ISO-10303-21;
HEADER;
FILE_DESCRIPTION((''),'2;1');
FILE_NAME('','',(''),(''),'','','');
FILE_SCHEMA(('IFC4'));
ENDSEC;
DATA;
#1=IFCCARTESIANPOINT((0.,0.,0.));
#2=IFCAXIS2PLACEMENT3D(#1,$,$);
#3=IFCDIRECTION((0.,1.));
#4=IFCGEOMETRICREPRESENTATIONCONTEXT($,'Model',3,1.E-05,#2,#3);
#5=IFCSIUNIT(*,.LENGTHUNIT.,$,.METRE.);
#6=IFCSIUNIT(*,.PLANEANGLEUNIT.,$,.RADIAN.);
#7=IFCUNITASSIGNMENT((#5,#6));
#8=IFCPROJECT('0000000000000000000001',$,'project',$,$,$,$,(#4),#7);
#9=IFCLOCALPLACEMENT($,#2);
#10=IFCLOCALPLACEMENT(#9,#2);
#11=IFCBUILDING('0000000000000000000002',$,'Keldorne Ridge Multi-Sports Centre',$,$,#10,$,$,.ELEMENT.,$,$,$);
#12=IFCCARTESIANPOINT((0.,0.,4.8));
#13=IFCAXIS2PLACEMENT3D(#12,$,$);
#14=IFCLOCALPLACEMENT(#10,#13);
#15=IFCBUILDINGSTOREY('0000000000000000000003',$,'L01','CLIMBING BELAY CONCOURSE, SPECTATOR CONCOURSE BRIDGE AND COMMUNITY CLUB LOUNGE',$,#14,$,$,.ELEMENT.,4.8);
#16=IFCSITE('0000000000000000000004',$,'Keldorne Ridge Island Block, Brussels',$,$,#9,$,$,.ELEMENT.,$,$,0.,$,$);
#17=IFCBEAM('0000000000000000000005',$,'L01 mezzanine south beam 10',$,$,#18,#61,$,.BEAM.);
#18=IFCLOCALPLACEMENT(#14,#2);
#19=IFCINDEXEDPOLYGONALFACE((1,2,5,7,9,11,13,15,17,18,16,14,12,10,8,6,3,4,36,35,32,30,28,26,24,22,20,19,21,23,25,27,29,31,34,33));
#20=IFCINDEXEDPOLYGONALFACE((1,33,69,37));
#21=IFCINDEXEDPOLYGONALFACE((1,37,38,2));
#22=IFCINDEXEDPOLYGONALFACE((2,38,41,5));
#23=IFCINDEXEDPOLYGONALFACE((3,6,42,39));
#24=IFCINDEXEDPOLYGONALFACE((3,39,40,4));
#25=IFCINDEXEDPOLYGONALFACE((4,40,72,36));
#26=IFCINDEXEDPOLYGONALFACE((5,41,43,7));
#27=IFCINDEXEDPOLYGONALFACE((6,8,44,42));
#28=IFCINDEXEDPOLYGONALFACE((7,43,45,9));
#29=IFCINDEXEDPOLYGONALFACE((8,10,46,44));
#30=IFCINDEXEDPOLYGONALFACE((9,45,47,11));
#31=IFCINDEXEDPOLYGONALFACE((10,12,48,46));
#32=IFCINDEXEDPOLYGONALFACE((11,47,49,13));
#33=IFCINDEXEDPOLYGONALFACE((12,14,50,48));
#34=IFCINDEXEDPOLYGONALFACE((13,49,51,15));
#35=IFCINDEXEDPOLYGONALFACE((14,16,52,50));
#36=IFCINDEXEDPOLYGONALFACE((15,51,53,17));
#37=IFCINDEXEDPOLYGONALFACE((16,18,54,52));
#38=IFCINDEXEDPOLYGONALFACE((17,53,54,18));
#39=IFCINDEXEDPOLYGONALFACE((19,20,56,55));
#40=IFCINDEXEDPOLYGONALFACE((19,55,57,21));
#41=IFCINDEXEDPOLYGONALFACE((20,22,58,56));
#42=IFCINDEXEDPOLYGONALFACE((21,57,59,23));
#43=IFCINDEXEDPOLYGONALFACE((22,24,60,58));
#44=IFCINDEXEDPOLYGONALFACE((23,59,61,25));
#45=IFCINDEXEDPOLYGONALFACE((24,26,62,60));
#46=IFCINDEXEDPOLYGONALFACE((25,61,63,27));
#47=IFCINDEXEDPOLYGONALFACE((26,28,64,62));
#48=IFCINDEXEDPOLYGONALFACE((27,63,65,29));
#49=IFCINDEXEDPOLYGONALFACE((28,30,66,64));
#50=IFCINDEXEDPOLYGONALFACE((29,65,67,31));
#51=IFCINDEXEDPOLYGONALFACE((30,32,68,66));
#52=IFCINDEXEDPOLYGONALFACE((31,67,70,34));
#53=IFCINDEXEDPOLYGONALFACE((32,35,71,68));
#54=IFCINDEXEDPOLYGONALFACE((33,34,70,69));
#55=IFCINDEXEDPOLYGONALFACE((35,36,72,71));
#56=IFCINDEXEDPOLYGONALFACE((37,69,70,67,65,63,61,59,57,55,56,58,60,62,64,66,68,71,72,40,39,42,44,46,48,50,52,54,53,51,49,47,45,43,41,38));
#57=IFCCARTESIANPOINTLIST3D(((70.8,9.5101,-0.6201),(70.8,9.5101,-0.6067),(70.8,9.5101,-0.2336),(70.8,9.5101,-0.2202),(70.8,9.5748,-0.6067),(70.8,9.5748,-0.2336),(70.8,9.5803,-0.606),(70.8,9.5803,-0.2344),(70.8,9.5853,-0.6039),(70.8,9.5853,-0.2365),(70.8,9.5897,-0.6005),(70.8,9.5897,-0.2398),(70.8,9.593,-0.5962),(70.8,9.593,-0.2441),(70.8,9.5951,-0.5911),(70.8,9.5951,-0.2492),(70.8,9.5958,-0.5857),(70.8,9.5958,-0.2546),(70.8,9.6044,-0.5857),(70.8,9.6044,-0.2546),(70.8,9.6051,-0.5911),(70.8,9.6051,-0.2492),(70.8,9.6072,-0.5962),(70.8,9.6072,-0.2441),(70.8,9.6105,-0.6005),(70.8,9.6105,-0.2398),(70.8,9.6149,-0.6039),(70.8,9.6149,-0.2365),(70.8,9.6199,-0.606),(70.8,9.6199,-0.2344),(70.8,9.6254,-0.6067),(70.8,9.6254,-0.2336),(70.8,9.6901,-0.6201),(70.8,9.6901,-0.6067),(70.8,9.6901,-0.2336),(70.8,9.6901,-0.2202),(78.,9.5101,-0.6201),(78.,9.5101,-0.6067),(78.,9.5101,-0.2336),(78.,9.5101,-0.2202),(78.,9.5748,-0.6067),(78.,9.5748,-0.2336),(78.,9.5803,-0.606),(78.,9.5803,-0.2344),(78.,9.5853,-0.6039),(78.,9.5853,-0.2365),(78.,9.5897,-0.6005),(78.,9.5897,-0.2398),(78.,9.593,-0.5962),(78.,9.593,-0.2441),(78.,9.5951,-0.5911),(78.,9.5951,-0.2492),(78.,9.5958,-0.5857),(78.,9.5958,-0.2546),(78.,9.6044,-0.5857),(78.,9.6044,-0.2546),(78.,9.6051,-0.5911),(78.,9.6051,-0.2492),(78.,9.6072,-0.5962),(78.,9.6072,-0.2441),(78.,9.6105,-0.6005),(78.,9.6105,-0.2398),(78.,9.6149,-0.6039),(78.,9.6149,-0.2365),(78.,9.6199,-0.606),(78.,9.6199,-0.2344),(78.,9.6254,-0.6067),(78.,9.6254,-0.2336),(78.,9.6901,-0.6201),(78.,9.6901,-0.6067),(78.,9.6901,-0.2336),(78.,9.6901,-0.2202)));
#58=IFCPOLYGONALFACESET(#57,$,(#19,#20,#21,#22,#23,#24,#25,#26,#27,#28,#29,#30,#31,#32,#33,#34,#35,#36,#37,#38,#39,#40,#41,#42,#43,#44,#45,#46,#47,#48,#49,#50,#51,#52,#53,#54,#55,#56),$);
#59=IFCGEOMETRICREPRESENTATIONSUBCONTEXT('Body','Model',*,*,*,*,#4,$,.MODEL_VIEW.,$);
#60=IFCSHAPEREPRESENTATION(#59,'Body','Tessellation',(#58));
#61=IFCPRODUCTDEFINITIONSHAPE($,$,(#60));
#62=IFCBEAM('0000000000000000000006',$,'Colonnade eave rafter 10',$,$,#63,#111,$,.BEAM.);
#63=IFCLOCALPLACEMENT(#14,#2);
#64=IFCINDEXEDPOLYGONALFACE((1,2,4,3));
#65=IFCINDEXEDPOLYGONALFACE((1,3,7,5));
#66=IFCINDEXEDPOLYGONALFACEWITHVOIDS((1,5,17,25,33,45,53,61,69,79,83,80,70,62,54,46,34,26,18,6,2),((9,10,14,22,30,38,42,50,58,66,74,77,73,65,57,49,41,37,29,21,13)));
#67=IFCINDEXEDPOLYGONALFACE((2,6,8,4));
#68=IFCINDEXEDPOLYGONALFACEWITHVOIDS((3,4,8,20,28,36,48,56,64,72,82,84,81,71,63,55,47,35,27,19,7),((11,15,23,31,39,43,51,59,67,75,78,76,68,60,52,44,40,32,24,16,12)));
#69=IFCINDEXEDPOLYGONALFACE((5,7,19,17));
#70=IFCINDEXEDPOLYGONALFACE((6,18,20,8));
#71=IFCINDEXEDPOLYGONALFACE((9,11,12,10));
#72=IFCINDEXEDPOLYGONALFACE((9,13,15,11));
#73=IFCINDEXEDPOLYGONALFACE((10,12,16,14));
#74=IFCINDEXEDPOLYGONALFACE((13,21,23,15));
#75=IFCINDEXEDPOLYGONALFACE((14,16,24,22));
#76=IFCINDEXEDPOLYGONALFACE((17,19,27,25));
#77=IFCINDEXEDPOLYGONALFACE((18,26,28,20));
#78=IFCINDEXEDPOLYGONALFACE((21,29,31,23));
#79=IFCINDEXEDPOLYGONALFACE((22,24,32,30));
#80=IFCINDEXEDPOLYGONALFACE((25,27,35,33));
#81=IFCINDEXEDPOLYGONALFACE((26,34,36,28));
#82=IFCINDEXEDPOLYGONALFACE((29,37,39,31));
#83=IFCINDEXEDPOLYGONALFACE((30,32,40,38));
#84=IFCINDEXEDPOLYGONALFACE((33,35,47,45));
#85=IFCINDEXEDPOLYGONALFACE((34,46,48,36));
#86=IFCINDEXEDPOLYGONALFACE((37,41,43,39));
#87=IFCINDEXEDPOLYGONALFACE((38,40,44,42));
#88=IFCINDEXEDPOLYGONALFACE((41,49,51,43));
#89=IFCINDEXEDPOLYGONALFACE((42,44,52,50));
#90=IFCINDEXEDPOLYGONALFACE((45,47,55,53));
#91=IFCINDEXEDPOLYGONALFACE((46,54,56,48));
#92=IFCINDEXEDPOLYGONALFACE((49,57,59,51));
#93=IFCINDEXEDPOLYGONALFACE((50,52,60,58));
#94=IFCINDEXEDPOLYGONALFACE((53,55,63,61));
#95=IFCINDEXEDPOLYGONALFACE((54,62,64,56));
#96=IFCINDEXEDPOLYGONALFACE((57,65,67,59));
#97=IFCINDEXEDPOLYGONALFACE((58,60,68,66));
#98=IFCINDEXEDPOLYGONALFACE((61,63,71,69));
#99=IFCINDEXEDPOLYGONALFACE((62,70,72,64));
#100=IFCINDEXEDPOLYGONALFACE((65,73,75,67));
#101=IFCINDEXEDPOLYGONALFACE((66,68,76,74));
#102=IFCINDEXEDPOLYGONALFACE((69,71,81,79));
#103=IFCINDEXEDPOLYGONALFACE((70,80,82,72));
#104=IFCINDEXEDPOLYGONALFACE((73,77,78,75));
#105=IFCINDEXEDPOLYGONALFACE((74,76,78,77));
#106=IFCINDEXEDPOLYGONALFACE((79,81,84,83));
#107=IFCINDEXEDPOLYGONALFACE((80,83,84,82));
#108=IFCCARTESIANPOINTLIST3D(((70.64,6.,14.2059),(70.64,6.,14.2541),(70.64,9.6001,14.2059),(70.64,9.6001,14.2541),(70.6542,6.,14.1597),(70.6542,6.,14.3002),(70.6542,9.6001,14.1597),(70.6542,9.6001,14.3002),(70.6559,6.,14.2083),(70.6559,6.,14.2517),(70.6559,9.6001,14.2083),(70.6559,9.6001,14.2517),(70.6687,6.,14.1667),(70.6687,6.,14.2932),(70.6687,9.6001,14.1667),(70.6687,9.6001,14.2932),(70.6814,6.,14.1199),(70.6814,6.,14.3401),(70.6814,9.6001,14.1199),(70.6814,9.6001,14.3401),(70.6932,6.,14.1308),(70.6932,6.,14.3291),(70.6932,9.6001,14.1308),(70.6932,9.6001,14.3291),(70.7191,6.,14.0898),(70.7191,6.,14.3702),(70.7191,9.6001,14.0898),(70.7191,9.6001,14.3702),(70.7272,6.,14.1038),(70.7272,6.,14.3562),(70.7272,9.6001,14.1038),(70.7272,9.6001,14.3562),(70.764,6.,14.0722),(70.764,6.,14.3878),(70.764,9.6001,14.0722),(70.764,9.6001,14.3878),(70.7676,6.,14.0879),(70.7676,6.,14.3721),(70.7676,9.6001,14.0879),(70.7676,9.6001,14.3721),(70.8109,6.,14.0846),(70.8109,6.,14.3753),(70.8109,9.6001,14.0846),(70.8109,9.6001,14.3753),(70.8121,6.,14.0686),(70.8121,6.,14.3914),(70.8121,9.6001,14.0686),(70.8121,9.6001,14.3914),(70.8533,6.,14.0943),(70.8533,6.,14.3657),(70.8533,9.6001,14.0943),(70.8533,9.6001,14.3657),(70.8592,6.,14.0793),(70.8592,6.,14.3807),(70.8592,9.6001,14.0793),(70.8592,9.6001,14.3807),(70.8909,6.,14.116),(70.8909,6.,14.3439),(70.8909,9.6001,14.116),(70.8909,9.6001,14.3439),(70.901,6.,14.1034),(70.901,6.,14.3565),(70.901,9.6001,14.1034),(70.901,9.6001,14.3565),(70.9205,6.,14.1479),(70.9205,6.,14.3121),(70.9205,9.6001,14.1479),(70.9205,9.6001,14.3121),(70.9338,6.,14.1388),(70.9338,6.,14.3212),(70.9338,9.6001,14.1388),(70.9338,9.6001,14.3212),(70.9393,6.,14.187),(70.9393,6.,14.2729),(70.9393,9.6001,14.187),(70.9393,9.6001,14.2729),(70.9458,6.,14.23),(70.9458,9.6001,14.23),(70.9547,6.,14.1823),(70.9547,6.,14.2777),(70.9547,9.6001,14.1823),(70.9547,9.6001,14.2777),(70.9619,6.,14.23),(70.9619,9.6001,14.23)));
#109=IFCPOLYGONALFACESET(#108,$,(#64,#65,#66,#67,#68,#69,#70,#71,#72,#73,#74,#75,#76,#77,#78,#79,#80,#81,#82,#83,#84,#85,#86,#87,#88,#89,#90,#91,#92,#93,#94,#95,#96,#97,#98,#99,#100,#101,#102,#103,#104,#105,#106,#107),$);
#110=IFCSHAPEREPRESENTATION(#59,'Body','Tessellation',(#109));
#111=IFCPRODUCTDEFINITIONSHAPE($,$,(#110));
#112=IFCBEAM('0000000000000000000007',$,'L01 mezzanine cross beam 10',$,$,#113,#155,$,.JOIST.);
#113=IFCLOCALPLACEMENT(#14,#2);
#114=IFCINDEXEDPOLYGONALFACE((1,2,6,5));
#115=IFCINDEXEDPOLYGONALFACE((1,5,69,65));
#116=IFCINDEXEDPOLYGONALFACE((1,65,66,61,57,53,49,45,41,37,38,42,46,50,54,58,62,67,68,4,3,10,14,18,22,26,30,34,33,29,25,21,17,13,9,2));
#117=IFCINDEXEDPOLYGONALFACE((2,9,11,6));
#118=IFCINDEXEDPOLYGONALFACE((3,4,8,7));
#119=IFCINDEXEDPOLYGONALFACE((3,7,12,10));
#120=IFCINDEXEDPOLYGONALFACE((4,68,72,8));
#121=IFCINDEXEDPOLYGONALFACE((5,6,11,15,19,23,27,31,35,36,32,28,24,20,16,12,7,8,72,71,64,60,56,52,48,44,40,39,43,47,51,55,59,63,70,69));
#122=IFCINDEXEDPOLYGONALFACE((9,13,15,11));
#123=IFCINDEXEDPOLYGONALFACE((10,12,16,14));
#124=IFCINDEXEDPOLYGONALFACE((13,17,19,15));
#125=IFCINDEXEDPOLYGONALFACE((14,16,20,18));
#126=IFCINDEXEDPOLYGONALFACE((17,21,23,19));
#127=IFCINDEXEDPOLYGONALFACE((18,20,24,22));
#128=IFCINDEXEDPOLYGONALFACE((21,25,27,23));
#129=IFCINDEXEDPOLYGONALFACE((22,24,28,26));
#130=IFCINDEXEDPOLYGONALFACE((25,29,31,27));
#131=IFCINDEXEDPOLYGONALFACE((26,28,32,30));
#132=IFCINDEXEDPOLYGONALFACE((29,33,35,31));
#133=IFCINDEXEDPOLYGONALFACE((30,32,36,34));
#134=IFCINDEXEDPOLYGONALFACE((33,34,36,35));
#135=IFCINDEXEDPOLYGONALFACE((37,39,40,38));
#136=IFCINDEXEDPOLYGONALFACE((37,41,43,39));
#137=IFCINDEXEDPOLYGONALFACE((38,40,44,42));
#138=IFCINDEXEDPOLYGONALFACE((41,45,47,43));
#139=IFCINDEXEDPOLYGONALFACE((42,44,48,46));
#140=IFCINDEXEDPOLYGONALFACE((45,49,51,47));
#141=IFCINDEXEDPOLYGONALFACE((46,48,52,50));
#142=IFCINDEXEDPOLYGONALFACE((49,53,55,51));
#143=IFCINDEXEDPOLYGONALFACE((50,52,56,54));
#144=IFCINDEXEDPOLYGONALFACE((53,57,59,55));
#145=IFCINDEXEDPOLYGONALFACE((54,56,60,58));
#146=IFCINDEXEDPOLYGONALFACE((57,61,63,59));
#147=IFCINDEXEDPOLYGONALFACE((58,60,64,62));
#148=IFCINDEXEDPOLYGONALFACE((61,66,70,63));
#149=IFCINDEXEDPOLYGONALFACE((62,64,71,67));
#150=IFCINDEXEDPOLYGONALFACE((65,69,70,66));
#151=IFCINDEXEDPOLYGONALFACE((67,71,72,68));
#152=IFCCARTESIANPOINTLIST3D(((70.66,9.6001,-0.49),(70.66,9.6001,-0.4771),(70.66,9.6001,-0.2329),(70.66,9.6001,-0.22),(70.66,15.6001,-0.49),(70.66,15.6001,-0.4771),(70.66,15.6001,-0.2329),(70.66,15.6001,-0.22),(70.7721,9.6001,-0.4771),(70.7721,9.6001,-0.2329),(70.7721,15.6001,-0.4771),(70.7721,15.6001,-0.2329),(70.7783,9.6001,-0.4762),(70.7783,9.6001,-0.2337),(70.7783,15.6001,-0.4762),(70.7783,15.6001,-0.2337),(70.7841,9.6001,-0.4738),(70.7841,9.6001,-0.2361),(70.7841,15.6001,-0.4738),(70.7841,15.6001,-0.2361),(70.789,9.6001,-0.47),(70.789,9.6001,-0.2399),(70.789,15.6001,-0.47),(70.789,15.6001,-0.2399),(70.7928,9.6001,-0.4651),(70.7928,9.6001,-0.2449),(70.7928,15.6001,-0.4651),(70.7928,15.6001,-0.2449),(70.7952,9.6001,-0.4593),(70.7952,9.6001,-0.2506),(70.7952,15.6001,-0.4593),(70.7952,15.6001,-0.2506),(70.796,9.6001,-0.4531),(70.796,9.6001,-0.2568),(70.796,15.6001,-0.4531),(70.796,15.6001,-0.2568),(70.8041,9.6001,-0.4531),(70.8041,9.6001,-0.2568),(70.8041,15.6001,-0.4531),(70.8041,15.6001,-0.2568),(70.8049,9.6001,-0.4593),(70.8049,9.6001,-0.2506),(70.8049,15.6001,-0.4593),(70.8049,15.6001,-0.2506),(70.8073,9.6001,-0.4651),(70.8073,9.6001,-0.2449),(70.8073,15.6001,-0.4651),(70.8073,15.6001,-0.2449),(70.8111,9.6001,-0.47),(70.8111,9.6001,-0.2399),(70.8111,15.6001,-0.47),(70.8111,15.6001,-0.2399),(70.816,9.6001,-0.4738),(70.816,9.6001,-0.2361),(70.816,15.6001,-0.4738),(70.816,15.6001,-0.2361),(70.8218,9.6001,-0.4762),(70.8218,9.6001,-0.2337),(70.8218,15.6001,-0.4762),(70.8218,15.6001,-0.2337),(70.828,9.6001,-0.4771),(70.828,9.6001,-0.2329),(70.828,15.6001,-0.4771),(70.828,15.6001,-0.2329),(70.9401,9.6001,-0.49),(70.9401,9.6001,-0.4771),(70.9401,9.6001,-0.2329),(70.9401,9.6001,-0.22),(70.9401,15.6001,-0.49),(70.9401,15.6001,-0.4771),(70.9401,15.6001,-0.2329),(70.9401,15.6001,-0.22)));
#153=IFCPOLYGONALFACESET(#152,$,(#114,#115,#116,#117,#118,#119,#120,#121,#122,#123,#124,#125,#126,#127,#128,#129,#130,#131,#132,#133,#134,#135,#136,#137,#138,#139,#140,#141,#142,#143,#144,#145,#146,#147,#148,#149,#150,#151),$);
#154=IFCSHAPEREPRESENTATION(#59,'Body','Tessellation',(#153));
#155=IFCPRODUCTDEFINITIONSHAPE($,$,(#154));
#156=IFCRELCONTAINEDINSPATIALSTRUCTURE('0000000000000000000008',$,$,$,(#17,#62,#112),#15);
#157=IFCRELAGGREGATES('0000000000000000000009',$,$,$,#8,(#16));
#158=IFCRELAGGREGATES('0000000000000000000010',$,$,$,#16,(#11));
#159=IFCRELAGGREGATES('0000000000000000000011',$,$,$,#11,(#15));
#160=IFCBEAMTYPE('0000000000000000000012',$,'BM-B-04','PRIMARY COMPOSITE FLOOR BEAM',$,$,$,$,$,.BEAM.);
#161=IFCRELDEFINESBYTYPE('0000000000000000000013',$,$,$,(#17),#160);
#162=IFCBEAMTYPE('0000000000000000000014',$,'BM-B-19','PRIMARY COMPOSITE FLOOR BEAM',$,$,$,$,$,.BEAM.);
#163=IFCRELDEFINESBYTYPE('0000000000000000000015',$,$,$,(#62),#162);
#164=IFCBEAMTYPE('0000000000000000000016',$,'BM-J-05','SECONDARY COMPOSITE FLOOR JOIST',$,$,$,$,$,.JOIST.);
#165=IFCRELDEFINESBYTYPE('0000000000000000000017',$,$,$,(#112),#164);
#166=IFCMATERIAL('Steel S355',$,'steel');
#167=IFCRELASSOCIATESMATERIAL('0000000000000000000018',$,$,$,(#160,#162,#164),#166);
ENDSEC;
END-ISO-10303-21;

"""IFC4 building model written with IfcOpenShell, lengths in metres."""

from ifc_helpers import new_model, si_unit, direction, frame, origin, origin_2d, place, context, subcontext, project, spatial, hollow_circle, i_section, extrude, material, material_profile, profile_set, type_object, element, save


model = new_model("IFC4")

# Units and contexts
model_context = context("Model", 3, precision=1e-05, world=origin(), true_north=direction((0.0, 1.0)))
body_context = subcontext(model_context, "Body", "Model", "MODEL_VIEW")
ifc_project = project(units=[si_unit("LENGTHUNIT", "METRE"), si_unit("PLANEANGLEUNIT", "RADIAN")], contexts=[model_context])

# Site, building, storey
site_placement = place(None, origin())
site = spatial("IfcSite", under=ifc_project, at=site_placement, Name="Keldorne Ridge Island Block, Brussels", CompositionType="ELEMENT", RefElevation=0.0)
building_placement = place(site_placement, origin())
building = spatial("IfcBuilding", under=site, at=building_placement, Name="Keldorne Ridge Multi-Sports Centre", CompositionType="ELEMENT")
storey_placement = place(building_placement, frame((0.0, 0.0, 4.8)))
storey = spatial("IfcBuildingStorey", under=building, at=storey_placement, Name="L01", Description="CLIMBING BELAY CONCOURSE, SPECTATOR CONCOURSE BRIDGE AND COMMUNITY CLUB LOUNGE", CompositionType="ELEMENT", Elevation=4.8)

# Shared definitions
ifc_material_1 = material(Name="Steel S355", Category="steel")

# Beams
ifc_material_profile_1 = material_profile(ifc_material_1, i_section(OverallWidth=0.1799, OverallDepth=0.3999, WebThickness=0.0085, FlangeThickness=0.0134, FilletRadius=0.021, at=origin_2d()), Name="IPE 400")
ifc_profile_set_1 = profile_set([ifc_material_profile_1], Name="Steel S355")
beam_type_1 = type_object("IfcBeamType", Name="BM-B-04", Description="PRIMARY COMPOSITE FLOOR BEAM", PredefinedType="BEAM", material=ifc_profile_set_1)
beam_1_placement = place(storey_placement, frame((70.8, 9.6001, -0.4202), z_axis=(1.0, 0.0, 0.0), x_axis=(0.0, 1.0, 0.0)))
element("IfcBeam", 1, at=beam_1_placement, inside=storey, type_object=beam_type_1, Name="L01 mezzanine south beam 10", PredefinedType="BEAM", context=body_context, shape_type="SweptSolid", body=[
    extrude(i_section(OverallWidth=0.1799, OverallDepth=0.3999, WebThickness=0.0085, FlangeThickness=0.0134, FilletRadius=0.021, at=origin_2d()), origin(), (0.0, 0.0, 1.0), 7.2),
])
ifc_material_profile_2 = material_profile(ifc_material_1, hollow_circle(Radius=0.1619, WallThickness=0.0161, at=origin_2d()), Name="CHS 323.9x16")
ifc_profile_set_2 = profile_set([ifc_material_profile_2], Name="Steel S355")
beam_type_2 = type_object("IfcBeamType", Name="BM-B-19", Description="PRIMARY COMPOSITE FLOOR BEAM", PredefinedType="BEAM", material=ifc_profile_set_2)
beam_2_placement = place(storey_placement, frame((70.8, 9.6001, 14.23), z_axis=(0.0, -1.0, 0.0), x_axis=(1.0, 0.0, 0.0)))
element("IfcBeam", 2, at=beam_2_placement, inside=storey, type_object=beam_type_2, Name="Colonnade eave rafter 10", PredefinedType="BEAM", context=body_context, shape_type="SweptSolid", body=[
    extrude(hollow_circle(Radius=0.1619, WallThickness=0.0161, at=origin_2d()), origin(), (0.0, 0.0, 1.0), 3.6001),
])
ifc_material_profile_3 = material_profile(ifc_material_1, i_section(OverallWidth=0.28, OverallDepth=0.27, WebThickness=0.0081, FlangeThickness=0.0129, FilletRadius=0.0239, at=origin_2d()), Name="HEA 280")
ifc_profile_set_3 = profile_set([ifc_material_profile_3], Name="Steel S355")
beam_type_3 = type_object("IfcBeamType", Name="BM-J-05", Description="SECONDARY COMPOSITE FLOOR JOIST", PredefinedType="JOIST", material=ifc_profile_set_3)
beam_3_placement = place(storey_placement, frame((70.8, 9.6001, -0.355), z_axis=(0.0, 1.0, 0.0), x_axis=(-1.0, 0.0, 0.0)))
element("IfcBeam", 3, at=beam_3_placement, inside=storey, type_object=beam_type_3, Name="L01 mezzanine cross beam 10", PredefinedType="JOIST", context=body_context, shape_type="SweptSolid", body=[
    extrude(i_section(OverallWidth=0.28, OverallDepth=0.27, WebThickness=0.0081, FlangeThickness=0.0129, FilletRadius=0.0239, at=origin_2d()), origin(), (0.0, 0.0, 1.0), 6.0),
])

save(model, "model.ifc")
